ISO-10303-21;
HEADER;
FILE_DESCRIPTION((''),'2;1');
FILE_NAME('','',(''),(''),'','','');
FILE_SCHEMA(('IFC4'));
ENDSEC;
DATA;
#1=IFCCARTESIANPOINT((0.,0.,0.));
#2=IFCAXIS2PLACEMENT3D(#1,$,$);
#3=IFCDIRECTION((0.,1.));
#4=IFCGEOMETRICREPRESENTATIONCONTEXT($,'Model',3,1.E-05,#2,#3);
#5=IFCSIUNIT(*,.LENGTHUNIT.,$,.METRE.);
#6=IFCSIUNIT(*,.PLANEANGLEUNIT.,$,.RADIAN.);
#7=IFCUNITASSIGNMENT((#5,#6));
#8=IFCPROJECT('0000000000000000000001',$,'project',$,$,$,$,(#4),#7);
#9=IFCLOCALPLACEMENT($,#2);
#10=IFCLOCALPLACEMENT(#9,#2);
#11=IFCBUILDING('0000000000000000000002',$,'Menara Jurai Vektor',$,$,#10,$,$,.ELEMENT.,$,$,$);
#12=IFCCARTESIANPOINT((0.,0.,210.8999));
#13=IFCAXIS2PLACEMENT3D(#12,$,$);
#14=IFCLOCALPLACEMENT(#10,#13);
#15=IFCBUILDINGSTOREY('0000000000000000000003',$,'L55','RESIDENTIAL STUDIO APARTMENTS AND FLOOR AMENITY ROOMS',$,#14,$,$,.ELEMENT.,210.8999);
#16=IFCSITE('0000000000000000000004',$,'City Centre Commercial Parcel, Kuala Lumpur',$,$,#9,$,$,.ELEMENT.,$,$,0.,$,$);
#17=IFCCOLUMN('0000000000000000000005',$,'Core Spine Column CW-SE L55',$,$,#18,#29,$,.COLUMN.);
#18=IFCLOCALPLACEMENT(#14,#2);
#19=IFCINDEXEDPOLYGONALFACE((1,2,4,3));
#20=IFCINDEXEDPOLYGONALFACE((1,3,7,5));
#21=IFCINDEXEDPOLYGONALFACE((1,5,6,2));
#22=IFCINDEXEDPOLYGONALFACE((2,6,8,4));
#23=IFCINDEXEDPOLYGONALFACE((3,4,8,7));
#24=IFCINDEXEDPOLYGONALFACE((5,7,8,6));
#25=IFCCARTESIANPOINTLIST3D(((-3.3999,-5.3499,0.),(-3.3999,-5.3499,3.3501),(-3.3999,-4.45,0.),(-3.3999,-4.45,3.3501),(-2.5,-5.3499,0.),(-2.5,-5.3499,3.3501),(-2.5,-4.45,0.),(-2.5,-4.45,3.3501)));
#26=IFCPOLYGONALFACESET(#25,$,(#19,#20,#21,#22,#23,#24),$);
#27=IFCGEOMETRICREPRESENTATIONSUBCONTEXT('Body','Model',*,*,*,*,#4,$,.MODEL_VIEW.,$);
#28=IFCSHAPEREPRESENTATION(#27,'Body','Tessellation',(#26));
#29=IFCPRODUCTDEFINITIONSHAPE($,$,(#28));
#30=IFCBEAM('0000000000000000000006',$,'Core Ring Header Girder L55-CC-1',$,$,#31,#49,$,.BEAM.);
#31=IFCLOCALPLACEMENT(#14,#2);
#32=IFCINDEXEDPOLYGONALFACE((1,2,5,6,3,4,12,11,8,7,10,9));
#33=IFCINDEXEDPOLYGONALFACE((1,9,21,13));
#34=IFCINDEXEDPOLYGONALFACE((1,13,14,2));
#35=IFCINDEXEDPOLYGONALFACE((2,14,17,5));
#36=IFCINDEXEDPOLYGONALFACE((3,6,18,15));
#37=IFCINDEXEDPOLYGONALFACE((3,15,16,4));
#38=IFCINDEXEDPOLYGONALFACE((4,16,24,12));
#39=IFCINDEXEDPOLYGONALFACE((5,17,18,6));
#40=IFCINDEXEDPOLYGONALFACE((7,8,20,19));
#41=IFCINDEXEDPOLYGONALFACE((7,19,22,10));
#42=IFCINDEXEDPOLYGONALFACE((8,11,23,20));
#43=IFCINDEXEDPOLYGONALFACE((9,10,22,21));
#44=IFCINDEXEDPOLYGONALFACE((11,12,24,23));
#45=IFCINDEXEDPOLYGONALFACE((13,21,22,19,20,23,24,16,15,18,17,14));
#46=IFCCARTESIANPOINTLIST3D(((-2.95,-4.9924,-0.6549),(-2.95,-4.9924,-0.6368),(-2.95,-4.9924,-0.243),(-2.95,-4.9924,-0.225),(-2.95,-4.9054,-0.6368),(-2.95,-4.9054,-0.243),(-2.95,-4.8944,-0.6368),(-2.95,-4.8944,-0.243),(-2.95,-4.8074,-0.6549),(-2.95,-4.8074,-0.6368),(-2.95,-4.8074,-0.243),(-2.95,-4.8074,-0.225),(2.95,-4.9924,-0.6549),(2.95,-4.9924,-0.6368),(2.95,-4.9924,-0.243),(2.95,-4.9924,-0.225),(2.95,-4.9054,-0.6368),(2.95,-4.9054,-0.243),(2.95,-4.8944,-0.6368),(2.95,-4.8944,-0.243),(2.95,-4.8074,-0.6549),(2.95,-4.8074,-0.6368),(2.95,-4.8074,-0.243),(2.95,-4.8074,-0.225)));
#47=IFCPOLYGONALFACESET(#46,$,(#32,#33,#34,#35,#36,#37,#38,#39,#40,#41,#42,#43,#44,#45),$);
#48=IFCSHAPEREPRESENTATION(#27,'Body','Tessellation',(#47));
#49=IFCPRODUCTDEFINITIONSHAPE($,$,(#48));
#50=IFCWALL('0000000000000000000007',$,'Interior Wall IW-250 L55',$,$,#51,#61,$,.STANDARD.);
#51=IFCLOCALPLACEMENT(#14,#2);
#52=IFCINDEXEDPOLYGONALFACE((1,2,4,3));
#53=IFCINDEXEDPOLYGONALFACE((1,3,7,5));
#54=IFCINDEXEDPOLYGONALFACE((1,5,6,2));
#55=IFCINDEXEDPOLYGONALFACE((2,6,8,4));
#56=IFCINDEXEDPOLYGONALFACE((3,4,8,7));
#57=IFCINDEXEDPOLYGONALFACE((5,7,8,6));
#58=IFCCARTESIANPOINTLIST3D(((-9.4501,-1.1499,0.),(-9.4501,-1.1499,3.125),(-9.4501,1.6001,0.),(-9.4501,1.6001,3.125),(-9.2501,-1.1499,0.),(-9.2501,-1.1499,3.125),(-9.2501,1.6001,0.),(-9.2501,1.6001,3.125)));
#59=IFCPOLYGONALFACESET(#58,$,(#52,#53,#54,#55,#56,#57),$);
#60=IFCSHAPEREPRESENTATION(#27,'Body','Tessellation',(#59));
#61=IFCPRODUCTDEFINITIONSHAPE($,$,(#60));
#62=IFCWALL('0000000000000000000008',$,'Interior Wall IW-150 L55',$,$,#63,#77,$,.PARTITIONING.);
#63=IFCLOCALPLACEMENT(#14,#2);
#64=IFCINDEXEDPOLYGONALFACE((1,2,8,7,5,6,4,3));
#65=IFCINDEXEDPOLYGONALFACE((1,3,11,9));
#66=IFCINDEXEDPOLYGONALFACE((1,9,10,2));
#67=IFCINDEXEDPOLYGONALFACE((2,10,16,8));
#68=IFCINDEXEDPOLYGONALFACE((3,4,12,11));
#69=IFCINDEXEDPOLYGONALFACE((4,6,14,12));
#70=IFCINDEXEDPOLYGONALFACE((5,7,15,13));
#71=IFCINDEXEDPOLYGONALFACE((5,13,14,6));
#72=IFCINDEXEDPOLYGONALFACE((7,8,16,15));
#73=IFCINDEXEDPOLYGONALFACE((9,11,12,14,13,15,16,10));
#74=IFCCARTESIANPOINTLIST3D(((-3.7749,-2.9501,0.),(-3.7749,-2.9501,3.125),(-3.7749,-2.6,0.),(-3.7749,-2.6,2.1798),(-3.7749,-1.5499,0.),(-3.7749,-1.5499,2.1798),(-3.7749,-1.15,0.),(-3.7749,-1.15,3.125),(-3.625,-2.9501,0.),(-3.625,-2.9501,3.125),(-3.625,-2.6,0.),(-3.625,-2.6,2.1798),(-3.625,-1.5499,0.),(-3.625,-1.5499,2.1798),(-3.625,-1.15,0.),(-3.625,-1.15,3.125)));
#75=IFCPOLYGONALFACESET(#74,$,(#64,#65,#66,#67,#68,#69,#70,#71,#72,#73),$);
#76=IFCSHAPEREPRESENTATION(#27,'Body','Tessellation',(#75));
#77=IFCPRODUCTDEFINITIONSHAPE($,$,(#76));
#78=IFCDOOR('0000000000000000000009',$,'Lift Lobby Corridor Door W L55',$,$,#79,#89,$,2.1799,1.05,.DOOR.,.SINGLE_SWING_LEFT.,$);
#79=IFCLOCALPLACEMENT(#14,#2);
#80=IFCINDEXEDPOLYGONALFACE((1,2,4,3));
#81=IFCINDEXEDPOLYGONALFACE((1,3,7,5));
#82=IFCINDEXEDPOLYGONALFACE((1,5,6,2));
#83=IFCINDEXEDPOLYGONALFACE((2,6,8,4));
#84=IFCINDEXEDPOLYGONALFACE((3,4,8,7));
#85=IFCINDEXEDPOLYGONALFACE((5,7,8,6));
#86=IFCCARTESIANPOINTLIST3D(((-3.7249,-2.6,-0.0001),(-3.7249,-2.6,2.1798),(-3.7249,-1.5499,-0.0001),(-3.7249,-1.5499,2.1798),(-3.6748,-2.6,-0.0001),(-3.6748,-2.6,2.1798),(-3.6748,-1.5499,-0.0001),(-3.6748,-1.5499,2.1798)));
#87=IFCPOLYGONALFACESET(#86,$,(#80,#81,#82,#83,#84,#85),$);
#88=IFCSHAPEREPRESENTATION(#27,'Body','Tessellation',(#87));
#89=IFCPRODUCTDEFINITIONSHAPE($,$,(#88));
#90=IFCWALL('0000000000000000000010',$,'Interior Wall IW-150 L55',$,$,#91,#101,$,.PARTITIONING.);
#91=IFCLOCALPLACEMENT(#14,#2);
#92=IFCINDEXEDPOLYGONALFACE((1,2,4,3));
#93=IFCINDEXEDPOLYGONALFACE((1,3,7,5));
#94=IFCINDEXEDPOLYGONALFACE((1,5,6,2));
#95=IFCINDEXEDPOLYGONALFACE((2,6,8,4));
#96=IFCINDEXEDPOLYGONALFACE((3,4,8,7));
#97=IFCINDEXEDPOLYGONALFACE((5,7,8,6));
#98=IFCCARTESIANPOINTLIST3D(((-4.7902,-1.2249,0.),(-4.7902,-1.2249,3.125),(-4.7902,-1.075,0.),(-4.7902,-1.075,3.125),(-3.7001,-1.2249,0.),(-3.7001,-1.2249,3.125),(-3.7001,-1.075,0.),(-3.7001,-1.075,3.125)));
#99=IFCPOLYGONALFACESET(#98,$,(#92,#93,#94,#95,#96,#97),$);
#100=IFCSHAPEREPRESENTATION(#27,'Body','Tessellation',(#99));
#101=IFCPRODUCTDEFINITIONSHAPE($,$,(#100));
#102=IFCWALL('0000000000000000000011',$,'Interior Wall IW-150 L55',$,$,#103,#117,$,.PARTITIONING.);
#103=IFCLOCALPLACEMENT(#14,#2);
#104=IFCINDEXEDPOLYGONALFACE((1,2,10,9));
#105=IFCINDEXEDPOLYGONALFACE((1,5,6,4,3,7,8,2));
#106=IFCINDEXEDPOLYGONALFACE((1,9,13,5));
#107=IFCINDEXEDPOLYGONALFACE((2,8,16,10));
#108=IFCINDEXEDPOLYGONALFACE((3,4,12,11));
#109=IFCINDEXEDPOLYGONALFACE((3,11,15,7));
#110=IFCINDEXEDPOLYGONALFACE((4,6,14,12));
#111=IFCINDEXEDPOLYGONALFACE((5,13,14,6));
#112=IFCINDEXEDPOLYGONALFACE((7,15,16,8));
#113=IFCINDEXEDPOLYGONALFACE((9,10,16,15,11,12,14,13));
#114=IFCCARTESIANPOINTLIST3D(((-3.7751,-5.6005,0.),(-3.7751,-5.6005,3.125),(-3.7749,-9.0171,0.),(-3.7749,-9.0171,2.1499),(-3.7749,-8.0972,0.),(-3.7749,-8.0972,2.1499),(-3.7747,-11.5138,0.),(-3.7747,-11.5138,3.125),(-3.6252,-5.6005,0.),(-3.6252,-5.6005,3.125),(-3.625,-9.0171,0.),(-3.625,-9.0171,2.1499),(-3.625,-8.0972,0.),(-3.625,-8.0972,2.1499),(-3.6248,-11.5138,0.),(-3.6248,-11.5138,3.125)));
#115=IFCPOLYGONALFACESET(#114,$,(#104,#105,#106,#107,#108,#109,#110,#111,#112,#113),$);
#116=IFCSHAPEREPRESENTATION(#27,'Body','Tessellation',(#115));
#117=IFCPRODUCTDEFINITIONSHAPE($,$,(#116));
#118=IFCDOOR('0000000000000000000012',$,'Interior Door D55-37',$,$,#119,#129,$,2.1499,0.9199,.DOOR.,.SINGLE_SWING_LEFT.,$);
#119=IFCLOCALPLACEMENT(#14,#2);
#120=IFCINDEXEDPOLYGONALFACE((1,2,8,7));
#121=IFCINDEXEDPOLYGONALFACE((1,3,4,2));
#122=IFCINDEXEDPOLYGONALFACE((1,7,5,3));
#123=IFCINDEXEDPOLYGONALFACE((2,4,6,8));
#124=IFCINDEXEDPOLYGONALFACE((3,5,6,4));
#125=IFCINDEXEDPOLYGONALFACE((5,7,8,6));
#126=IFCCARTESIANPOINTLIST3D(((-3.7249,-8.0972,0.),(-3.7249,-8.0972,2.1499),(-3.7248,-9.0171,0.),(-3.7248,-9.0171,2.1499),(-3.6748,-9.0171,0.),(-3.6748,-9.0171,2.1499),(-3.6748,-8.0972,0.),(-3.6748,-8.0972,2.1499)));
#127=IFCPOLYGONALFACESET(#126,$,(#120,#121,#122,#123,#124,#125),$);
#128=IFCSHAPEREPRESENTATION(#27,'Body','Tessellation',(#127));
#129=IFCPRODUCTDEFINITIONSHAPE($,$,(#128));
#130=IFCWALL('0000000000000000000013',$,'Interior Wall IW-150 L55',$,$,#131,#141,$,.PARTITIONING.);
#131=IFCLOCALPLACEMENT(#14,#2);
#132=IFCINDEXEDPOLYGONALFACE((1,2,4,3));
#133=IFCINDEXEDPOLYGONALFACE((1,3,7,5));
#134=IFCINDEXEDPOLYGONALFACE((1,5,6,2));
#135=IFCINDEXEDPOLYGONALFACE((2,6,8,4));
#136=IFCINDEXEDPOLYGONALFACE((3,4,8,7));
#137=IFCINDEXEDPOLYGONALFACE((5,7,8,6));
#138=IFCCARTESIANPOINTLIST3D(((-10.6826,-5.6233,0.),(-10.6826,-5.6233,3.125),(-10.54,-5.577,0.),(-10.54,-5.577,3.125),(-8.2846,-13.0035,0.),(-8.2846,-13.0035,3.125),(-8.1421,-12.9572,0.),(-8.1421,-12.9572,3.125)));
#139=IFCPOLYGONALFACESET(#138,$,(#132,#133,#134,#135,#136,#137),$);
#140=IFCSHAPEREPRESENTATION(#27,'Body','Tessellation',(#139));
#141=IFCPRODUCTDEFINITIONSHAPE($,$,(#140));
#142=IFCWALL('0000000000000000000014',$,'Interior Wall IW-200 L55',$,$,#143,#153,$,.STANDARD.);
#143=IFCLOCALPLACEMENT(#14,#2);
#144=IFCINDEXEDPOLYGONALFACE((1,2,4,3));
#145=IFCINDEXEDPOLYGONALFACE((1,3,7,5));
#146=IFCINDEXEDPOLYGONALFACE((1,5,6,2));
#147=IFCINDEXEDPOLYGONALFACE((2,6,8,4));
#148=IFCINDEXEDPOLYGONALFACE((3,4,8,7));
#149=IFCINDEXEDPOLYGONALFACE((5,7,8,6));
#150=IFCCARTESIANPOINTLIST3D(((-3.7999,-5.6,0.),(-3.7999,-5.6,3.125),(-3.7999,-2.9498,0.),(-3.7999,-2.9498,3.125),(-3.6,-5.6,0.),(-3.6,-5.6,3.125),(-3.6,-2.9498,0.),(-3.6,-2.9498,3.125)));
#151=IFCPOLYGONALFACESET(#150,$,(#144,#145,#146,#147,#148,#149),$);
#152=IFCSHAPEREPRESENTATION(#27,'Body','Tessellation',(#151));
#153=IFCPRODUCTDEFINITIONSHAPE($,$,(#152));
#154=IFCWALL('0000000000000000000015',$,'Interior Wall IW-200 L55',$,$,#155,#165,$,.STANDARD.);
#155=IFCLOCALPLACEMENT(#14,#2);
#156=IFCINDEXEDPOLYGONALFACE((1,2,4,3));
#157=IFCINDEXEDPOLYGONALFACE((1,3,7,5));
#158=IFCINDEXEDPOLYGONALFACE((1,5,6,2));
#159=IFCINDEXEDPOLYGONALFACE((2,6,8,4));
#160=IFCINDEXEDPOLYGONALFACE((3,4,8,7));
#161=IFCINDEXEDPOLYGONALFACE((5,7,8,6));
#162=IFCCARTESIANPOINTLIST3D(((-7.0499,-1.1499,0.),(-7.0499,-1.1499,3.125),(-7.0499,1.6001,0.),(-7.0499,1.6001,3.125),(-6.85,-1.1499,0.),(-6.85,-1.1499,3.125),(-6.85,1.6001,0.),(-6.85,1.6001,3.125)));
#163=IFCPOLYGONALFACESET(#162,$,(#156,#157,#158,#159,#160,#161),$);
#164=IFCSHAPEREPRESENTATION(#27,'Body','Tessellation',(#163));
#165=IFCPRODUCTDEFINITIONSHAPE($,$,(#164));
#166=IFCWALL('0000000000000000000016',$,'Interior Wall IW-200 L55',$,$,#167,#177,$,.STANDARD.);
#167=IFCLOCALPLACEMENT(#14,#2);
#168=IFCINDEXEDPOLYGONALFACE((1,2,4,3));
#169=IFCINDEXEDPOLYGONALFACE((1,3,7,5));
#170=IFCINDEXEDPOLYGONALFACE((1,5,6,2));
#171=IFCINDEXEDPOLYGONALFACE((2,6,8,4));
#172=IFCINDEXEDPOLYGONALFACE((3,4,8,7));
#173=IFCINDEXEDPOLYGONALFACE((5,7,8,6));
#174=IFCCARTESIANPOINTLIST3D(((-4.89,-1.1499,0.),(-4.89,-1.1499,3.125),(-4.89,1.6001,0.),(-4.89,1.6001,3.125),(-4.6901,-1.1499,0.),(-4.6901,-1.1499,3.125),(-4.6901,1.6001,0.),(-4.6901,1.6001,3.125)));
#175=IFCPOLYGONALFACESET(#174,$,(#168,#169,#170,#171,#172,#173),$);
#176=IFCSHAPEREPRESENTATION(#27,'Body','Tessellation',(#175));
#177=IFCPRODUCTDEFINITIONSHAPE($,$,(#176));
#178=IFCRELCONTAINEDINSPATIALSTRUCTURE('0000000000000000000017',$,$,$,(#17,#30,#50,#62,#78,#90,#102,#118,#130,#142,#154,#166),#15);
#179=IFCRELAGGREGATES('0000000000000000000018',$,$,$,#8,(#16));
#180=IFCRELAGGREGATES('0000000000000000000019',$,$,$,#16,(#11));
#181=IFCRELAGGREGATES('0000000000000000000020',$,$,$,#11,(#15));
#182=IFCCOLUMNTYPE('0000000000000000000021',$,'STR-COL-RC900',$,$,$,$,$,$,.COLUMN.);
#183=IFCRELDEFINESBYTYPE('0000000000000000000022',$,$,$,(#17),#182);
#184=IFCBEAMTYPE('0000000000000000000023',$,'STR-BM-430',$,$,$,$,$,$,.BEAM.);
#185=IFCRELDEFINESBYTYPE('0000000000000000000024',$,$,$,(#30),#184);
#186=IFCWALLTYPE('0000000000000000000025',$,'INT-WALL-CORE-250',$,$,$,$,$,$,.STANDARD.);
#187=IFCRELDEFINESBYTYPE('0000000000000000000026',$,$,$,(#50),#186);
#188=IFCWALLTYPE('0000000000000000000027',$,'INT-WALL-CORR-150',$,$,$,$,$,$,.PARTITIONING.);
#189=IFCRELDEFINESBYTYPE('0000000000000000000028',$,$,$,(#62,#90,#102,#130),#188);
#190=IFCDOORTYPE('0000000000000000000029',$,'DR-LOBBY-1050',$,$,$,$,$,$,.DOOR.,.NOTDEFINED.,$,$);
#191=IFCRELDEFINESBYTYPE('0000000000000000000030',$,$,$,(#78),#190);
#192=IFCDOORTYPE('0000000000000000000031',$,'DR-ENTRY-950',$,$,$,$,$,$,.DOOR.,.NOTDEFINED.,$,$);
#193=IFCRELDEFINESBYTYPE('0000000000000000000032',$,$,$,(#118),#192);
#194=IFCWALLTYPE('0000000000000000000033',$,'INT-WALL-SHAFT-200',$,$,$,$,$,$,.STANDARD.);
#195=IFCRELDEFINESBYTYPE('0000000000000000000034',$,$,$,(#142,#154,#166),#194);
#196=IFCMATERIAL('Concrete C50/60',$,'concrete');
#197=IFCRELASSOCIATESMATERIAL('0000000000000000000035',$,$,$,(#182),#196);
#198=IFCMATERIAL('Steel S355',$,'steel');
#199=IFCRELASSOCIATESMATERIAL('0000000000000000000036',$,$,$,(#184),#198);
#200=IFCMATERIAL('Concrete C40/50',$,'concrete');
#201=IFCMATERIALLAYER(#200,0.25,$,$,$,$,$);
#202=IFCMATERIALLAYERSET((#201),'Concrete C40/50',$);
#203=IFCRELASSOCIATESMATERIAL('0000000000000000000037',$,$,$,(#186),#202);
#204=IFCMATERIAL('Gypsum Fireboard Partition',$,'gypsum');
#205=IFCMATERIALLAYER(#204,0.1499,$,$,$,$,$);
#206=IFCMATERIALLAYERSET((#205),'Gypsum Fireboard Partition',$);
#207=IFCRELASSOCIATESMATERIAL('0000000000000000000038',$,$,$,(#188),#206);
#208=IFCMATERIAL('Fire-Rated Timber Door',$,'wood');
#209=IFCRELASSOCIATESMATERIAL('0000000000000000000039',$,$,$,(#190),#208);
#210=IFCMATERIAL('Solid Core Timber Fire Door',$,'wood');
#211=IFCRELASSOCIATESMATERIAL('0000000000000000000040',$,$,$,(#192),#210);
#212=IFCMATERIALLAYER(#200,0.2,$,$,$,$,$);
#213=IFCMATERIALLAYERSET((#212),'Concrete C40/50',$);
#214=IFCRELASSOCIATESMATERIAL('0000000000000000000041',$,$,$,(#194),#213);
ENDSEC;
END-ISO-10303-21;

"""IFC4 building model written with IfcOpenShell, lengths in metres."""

from ifc_helpers import new_model, si_unit, direction, frame, frame_2d, origin, origin_2d, place, context, subcontext, project, spatial, rectangle, i_section, extrude, material, layer, layer_set, material_profile, profile_set, type_object, element, fill, save


model = new_model("IFC4")

# Units and contexts
model_context = context("Model", 3, precision=1e-05, world=origin(), true_north=direction((0.0, 1.0)))
body_context = subcontext(model_context, "Body", "Model", "MODEL_VIEW")
ifc_project = project(units=[si_unit("LENGTHUNIT", "METRE"), si_unit("PLANEANGLEUNIT", "RADIAN")], contexts=[model_context])

# Site, building, storey
site_placement = place(None, origin())
site = spatial("IfcSite", under=ifc_project, at=site_placement, Name="City Centre Commercial Parcel, Kuala Lumpur", CompositionType="ELEMENT", RefElevation=0.0)
building_placement = place(site_placement, origin())
building = spatial("IfcBuilding", under=site, at=building_placement, Name="Menara Jurai Vektor", CompositionType="ELEMENT")
storey_placement = place(building_placement, frame((0.0, 0.0, 210.8999)))
storey = spatial("IfcBuildingStorey", under=building, at=storey_placement, Name="L55", Description="RESIDENTIAL STUDIO APARTMENTS AND FLOOR AMENITY ROOMS", CompositionType="ELEMENT", Elevation=210.8999)

# Column
ifc_material_1 = material(Name="Concrete C50/60", Category="concrete")
ifc_material_profile_1 = material_profile(ifc_material_1, rectangle(XDim=0.8999, YDim=0.8999, at=origin_2d()), Name="RC 900x900")
ifc_profile_set_1 = profile_set([ifc_material_profile_1], Name="Concrete C50/60")
column_type = type_object("IfcColumnType", Name="STR-COL-RC900", PredefinedType="COLUMN", material=ifc_profile_set_1)
column_placement = place(storey_placement, frame((-2.95, -4.8999, 0.0), z_axis=(0.0, 0.0, 1.0), x_axis=(1.0, 0.0, 0.0)))
element("IfcColumn", 1, at=column_placement, inside=storey, type_object=column_type, Name="Core Spine Column CW-SE L55", PredefinedType="COLUMN", context=body_context, shape_type="SweptSolid", body=[
    extrude(rectangle(XDim=0.8999, YDim=0.8999, at=origin_2d()), origin(), (0.0, 0.0, 1.0), 3.3501),
])

# Beam
ifc_material_2 = material(Name="Steel S355", Category="steel")
ifc_material_profile_2 = material_profile(ifc_material_2, i_section(OverallWidth=0.1851, OverallDepth=0.4299, WebThickness=0.011, FlangeThickness=0.0181, at=origin_2d()), Name="PG 430x185x76")
ifc_profile_set_2 = profile_set([ifc_material_profile_2], Name="Steel S355")
beam_type = type_object("IfcBeamType", Name="STR-BM-430", PredefinedType="BEAM", material=ifc_profile_set_2)
beam_placement = place(storey_placement, frame((-2.95, -4.8999, -0.4399), z_axis=(1.0, 0.0, 0.0), x_axis=(0.0, 1.0, 0.0)))
element("IfcBeam", 2, at=beam_placement, inside=storey, type_object=beam_type, Name="Core Ring Header Girder L55-CC-1", PredefinedType="BEAM", context=body_context, shape_type="SweptSolid", body=[
    extrude(i_section(OverallWidth=0.1851, OverallDepth=0.4299, WebThickness=0.011, FlangeThickness=0.0181, at=origin_2d()), origin(), (0.0, 0.0, 1.0), 5.8999),
])

# Wall
ifc_material_3 = material(Name="Concrete C40/50", Category="concrete")
ifc_layer_1 = layer(ifc_material_3, 0.25)
ifc_layer_set_1 = layer_set([ifc_layer_1], Name="Concrete C40/50")
wall_type_1 = type_object("IfcWallType", Name="INT-WALL-CORE-250", PredefinedType="STANDARD", material=ifc_layer_set_1)
wall_1_placement = place(storey_placement, frame((-9.3501, -1.1499, 0.0), z_axis=(0.0, 0.0, 1.0), x_axis=(0.0, 1.0, 0.0)))
element("IfcWall", 3, at=wall_1_placement, inside=storey, type_object=wall_type_1, Name="Interior Wall IW-250 L55", PredefinedType="STANDARD", context=body_context, shape_type="SweptSolid", body=[
    extrude(rectangle(XDim=2.75, YDim=0.2, at=frame_2d((1.375, 0.0))), origin(), (0.0, 0.0, 1.0), 3.125),
])

# Wall, opening, door
ifc_material_4 = material(Name="Gypsum Fireboard Partition", Category="gypsum")
ifc_layer_2 = layer(ifc_material_4, 0.1499)
ifc_layer_set_2 = layer_set([ifc_layer_2], Name="Gypsum Fireboard Partition")
wall_type_2 = type_object("IfcWallType", Name="INT-WALL-CORR-150", PredefinedType="PARTITIONING", material=ifc_layer_set_2)
wall_2_placement = place(storey_placement, frame((-3.7, -2.95, 0.0), z_axis=(0.0, 0.0, 1.0), x_axis=(0.0, 1.0, 0.0)))
wall_2 = element("IfcWall", 4, at=wall_2_placement, inside=storey, type_object=wall_type_2, Name="Interior Wall IW-150 L55", PredefinedType="PARTITIONING", context=body_context, shape_type="SweptSolid", body=[
    extrude(rectangle(XDim=1.8, YDim=0.1499, at=frame_2d((0.8999, 0.0))), origin(), (0.0, 0.0, 1.0), 3.125),
])
opening_1_placement = place(wall_2_placement, frame((0.3501, 0.0, 0.0)))
opening_1 = element("IfcOpeningElement", 5, at=opening_1_placement, cuts=wall_2, PredefinedType="OPENING", context=body_context, shape_type="SweptSolid", body=[
    extrude(rectangle(XDim=1.05, YDim=2.1799, at=frame_2d((0.5249, 1.0898))), frame((0.0, 0.085, 0.0), z_axis=(0.0, -1.0, 0.0), x_axis=(1.0, 0.0, 0.0)), (0.0, 0.0, 1.0), 0.1699),
])
ifc_material_5 = material(Name="Fire-Rated Timber Door", Category="wood")
door_type_1 = type_object("IfcDoorType", Name="DR-LOBBY-1050", OperationType="NOTDEFINED", PredefinedType="DOOR", material=ifc_material_5)
door_1_placement = place(opening_1_placement, origin())
door_1 = element("IfcDoor", 6, at=door_1_placement, inside=storey, type_object=door_type_1, Name="Lift Lobby Corridor Door W L55", OperationType="SINGLE_SWING_LEFT", OverallHeight=2.1799, OverallWidth=1.05, PredefinedType="DOOR", context=body_context, shape_type="SweptSolid", body=[
    extrude(rectangle(XDim=1.05, YDim=2.1799, at=frame_2d((0.5249, 1.0898))), frame((0.0, 0.0249, 0.0), z_axis=(0.0, -1.0, 0.0), x_axis=(1.0, 0.0, 0.0)), (0.0, 0.0, 1.0), 0.05),
])
fill(opening_1, door_1)

# Wall
wall_3_placement = place(storey_placement, frame((-4.79, -1.1499, 0.0), z_axis=(0.0, 0.0, 1.0), x_axis=(1.0, 0.0, 0.0)))
element("IfcWall", 7, at=wall_3_placement, inside=storey, type_object=wall_type_2, Name="Interior Wall IW-150 L55", PredefinedType="PARTITIONING", context=body_context, shape_type="SweptSolid", body=[
    extrude(rectangle(XDim=1.0901, YDim=0.1499, at=frame_2d((0.5449, 0.0))), origin(), (0.0, 0.0, 1.0), 3.125),
])

# Wall, opening, door
wall_4_placement = place(storey_placement, frame((-3.6997, -11.5137, 0.0), z_axis=(0.0, 0.0, 1.0), x_axis=(-0.000083, 1.0, 0.0)))
wall_4 = element("IfcWall", 8, at=wall_4_placement, inside=storey, type_object=wall_type_2, Name="Interior Wall IW-150 L55", PredefinedType="PARTITIONING", context=body_context, shape_type="SweptSolid", body=[
    extrude(rectangle(XDim=5.9133, YDim=0.1499, at=frame_2d((2.9565, 0.0))), origin(), (0.0, 0.0, 1.0), 3.125),
])
opening_2_placement = place(wall_4_placement, frame((2.4966, 0.0, 0.0)))
opening_2 = element("IfcOpeningElement", 9, at=opening_2_placement, cuts=wall_4, PredefinedType="OPENING", context=body_context, shape_type="SweptSolid", body=[
    extrude(rectangle(XDim=0.9199, YDim=2.1499, at=frame_2d((0.46, 1.075))), frame((0.0, 0.085, 0.0), z_axis=(0.0, -1.0, 0.0), x_axis=(1.0, 0.0, 0.0)), (0.0, 0.0, 1.0), 0.1699),
])
ifc_material_6 = material(Name="Solid Core Timber Fire Door", Category="wood")
door_type_2 = type_object("IfcDoorType", Name="DR-ENTRY-950", OperationType="NOTDEFINED", PredefinedType="DOOR", material=ifc_material_6)
door_2_placement = place(opening_2_placement, origin())
door_2 = element("IfcDoor", 10, at=door_2_placement, inside=storey, type_object=door_type_2, Name="Interior Door D55-37", OperationType="SINGLE_SWING_LEFT", OverallHeight=2.1499, OverallWidth=0.9199, PredefinedType="DOOR", context=body_context, shape_type="SweptSolid", body=[
    extrude(rectangle(XDim=0.9199, YDim=2.1499, at=frame_2d((0.46, 1.075))), frame((0.0, 0.0249, 0.0), z_axis=(0.0, -1.0, 0.0), x_axis=(1.0, 0.0, 0.0)), (0.0, 0.0, 1.0), 0.05),
])
fill(opening_2, door_2)

# Wall
wall_5_placement = place(storey_placement, frame((-8.2134, -12.9802, 0.0), z_axis=(0.0, 0.0, 1.0), x_axis=(-0.309017, 0.951056, 0.0)))
element("IfcWall", 11, at=wall_5_placement, inside=storey, type_object=wall_type_2, Name="Interior Wall IW-150 L55", PredefinedType="PARTITIONING", context=body_context, shape_type="SweptSolid", body=[
    extrude(rectangle(XDim=7.76, YDim=0.1499, at=frame_2d((3.8799, 0.0))), origin(), (0.0, 0.0, 1.0), 3.125),
])

# Shared definitions
ifc_layer_3 = layer(ifc_material_3, 0.2)
ifc_layer_set_3 = layer_set([ifc_layer_3], Name="Concrete C40/50")
wall_type_3 = type_object("IfcWallType", Name="INT-WALL-SHAFT-200", PredefinedType="STANDARD", material=ifc_layer_set_3)

# Walls
wall_6_placement = place(storey_placement, frame((-3.7, -5.6001, 0.0), z_axis=(0.0, 0.0, 1.0), x_axis=(0.0, 1.0, 0.0)))
element("IfcWall", 12, at=wall_6_placement, inside=storey, type_object=wall_type_3, Name="Interior Wall IW-200 L55", PredefinedType="STANDARD", context=body_context, shape_type="SweptSolid", body=[
    extrude(rectangle(XDim=2.6501, YDim=0.2, at=frame_2d((1.3252, 0.0))), origin(), (0.0, 0.0, 1.0), 3.125),
])
wall_7_placement = place(storey_placement, frame((-6.95, -1.1499, 0.0), z_axis=(0.0, 0.0, 1.0), x_axis=(0.0, 1.0, 0.0)))
element("IfcWall", 13, at=wall_7_placement, inside=storey, type_object=wall_type_3, Name="Interior Wall IW-200 L55", PredefinedType="STANDARD", context=body_context, shape_type="SweptSolid", body=[
    extrude(rectangle(XDim=2.75, YDim=0.2, at=frame_2d((1.375, 0.0))), origin(), (0.0, 0.0, 1.0), 3.125),
])

# Wall
wall_8_placement = place(storey_placement, frame((-4.79, -1.1499, 0.0), z_axis=(0.0, 0.0, 1.0), x_axis=(0.0, 1.0, 0.0)))
element("IfcWall", 14, at=wall_8_placement, inside=storey, type_object=wall_type_3, Name="Interior Wall IW-200 L55", PredefinedType="STANDARD", context=body_context, shape_type="SweptSolid", body=[
    extrude(rectangle(XDim=2.75, YDim=0.2, at=frame_2d((1.375, 0.0))), origin(), (0.0, 0.0, 1.0), 3.125),
])

save(model, "model.ifc")
